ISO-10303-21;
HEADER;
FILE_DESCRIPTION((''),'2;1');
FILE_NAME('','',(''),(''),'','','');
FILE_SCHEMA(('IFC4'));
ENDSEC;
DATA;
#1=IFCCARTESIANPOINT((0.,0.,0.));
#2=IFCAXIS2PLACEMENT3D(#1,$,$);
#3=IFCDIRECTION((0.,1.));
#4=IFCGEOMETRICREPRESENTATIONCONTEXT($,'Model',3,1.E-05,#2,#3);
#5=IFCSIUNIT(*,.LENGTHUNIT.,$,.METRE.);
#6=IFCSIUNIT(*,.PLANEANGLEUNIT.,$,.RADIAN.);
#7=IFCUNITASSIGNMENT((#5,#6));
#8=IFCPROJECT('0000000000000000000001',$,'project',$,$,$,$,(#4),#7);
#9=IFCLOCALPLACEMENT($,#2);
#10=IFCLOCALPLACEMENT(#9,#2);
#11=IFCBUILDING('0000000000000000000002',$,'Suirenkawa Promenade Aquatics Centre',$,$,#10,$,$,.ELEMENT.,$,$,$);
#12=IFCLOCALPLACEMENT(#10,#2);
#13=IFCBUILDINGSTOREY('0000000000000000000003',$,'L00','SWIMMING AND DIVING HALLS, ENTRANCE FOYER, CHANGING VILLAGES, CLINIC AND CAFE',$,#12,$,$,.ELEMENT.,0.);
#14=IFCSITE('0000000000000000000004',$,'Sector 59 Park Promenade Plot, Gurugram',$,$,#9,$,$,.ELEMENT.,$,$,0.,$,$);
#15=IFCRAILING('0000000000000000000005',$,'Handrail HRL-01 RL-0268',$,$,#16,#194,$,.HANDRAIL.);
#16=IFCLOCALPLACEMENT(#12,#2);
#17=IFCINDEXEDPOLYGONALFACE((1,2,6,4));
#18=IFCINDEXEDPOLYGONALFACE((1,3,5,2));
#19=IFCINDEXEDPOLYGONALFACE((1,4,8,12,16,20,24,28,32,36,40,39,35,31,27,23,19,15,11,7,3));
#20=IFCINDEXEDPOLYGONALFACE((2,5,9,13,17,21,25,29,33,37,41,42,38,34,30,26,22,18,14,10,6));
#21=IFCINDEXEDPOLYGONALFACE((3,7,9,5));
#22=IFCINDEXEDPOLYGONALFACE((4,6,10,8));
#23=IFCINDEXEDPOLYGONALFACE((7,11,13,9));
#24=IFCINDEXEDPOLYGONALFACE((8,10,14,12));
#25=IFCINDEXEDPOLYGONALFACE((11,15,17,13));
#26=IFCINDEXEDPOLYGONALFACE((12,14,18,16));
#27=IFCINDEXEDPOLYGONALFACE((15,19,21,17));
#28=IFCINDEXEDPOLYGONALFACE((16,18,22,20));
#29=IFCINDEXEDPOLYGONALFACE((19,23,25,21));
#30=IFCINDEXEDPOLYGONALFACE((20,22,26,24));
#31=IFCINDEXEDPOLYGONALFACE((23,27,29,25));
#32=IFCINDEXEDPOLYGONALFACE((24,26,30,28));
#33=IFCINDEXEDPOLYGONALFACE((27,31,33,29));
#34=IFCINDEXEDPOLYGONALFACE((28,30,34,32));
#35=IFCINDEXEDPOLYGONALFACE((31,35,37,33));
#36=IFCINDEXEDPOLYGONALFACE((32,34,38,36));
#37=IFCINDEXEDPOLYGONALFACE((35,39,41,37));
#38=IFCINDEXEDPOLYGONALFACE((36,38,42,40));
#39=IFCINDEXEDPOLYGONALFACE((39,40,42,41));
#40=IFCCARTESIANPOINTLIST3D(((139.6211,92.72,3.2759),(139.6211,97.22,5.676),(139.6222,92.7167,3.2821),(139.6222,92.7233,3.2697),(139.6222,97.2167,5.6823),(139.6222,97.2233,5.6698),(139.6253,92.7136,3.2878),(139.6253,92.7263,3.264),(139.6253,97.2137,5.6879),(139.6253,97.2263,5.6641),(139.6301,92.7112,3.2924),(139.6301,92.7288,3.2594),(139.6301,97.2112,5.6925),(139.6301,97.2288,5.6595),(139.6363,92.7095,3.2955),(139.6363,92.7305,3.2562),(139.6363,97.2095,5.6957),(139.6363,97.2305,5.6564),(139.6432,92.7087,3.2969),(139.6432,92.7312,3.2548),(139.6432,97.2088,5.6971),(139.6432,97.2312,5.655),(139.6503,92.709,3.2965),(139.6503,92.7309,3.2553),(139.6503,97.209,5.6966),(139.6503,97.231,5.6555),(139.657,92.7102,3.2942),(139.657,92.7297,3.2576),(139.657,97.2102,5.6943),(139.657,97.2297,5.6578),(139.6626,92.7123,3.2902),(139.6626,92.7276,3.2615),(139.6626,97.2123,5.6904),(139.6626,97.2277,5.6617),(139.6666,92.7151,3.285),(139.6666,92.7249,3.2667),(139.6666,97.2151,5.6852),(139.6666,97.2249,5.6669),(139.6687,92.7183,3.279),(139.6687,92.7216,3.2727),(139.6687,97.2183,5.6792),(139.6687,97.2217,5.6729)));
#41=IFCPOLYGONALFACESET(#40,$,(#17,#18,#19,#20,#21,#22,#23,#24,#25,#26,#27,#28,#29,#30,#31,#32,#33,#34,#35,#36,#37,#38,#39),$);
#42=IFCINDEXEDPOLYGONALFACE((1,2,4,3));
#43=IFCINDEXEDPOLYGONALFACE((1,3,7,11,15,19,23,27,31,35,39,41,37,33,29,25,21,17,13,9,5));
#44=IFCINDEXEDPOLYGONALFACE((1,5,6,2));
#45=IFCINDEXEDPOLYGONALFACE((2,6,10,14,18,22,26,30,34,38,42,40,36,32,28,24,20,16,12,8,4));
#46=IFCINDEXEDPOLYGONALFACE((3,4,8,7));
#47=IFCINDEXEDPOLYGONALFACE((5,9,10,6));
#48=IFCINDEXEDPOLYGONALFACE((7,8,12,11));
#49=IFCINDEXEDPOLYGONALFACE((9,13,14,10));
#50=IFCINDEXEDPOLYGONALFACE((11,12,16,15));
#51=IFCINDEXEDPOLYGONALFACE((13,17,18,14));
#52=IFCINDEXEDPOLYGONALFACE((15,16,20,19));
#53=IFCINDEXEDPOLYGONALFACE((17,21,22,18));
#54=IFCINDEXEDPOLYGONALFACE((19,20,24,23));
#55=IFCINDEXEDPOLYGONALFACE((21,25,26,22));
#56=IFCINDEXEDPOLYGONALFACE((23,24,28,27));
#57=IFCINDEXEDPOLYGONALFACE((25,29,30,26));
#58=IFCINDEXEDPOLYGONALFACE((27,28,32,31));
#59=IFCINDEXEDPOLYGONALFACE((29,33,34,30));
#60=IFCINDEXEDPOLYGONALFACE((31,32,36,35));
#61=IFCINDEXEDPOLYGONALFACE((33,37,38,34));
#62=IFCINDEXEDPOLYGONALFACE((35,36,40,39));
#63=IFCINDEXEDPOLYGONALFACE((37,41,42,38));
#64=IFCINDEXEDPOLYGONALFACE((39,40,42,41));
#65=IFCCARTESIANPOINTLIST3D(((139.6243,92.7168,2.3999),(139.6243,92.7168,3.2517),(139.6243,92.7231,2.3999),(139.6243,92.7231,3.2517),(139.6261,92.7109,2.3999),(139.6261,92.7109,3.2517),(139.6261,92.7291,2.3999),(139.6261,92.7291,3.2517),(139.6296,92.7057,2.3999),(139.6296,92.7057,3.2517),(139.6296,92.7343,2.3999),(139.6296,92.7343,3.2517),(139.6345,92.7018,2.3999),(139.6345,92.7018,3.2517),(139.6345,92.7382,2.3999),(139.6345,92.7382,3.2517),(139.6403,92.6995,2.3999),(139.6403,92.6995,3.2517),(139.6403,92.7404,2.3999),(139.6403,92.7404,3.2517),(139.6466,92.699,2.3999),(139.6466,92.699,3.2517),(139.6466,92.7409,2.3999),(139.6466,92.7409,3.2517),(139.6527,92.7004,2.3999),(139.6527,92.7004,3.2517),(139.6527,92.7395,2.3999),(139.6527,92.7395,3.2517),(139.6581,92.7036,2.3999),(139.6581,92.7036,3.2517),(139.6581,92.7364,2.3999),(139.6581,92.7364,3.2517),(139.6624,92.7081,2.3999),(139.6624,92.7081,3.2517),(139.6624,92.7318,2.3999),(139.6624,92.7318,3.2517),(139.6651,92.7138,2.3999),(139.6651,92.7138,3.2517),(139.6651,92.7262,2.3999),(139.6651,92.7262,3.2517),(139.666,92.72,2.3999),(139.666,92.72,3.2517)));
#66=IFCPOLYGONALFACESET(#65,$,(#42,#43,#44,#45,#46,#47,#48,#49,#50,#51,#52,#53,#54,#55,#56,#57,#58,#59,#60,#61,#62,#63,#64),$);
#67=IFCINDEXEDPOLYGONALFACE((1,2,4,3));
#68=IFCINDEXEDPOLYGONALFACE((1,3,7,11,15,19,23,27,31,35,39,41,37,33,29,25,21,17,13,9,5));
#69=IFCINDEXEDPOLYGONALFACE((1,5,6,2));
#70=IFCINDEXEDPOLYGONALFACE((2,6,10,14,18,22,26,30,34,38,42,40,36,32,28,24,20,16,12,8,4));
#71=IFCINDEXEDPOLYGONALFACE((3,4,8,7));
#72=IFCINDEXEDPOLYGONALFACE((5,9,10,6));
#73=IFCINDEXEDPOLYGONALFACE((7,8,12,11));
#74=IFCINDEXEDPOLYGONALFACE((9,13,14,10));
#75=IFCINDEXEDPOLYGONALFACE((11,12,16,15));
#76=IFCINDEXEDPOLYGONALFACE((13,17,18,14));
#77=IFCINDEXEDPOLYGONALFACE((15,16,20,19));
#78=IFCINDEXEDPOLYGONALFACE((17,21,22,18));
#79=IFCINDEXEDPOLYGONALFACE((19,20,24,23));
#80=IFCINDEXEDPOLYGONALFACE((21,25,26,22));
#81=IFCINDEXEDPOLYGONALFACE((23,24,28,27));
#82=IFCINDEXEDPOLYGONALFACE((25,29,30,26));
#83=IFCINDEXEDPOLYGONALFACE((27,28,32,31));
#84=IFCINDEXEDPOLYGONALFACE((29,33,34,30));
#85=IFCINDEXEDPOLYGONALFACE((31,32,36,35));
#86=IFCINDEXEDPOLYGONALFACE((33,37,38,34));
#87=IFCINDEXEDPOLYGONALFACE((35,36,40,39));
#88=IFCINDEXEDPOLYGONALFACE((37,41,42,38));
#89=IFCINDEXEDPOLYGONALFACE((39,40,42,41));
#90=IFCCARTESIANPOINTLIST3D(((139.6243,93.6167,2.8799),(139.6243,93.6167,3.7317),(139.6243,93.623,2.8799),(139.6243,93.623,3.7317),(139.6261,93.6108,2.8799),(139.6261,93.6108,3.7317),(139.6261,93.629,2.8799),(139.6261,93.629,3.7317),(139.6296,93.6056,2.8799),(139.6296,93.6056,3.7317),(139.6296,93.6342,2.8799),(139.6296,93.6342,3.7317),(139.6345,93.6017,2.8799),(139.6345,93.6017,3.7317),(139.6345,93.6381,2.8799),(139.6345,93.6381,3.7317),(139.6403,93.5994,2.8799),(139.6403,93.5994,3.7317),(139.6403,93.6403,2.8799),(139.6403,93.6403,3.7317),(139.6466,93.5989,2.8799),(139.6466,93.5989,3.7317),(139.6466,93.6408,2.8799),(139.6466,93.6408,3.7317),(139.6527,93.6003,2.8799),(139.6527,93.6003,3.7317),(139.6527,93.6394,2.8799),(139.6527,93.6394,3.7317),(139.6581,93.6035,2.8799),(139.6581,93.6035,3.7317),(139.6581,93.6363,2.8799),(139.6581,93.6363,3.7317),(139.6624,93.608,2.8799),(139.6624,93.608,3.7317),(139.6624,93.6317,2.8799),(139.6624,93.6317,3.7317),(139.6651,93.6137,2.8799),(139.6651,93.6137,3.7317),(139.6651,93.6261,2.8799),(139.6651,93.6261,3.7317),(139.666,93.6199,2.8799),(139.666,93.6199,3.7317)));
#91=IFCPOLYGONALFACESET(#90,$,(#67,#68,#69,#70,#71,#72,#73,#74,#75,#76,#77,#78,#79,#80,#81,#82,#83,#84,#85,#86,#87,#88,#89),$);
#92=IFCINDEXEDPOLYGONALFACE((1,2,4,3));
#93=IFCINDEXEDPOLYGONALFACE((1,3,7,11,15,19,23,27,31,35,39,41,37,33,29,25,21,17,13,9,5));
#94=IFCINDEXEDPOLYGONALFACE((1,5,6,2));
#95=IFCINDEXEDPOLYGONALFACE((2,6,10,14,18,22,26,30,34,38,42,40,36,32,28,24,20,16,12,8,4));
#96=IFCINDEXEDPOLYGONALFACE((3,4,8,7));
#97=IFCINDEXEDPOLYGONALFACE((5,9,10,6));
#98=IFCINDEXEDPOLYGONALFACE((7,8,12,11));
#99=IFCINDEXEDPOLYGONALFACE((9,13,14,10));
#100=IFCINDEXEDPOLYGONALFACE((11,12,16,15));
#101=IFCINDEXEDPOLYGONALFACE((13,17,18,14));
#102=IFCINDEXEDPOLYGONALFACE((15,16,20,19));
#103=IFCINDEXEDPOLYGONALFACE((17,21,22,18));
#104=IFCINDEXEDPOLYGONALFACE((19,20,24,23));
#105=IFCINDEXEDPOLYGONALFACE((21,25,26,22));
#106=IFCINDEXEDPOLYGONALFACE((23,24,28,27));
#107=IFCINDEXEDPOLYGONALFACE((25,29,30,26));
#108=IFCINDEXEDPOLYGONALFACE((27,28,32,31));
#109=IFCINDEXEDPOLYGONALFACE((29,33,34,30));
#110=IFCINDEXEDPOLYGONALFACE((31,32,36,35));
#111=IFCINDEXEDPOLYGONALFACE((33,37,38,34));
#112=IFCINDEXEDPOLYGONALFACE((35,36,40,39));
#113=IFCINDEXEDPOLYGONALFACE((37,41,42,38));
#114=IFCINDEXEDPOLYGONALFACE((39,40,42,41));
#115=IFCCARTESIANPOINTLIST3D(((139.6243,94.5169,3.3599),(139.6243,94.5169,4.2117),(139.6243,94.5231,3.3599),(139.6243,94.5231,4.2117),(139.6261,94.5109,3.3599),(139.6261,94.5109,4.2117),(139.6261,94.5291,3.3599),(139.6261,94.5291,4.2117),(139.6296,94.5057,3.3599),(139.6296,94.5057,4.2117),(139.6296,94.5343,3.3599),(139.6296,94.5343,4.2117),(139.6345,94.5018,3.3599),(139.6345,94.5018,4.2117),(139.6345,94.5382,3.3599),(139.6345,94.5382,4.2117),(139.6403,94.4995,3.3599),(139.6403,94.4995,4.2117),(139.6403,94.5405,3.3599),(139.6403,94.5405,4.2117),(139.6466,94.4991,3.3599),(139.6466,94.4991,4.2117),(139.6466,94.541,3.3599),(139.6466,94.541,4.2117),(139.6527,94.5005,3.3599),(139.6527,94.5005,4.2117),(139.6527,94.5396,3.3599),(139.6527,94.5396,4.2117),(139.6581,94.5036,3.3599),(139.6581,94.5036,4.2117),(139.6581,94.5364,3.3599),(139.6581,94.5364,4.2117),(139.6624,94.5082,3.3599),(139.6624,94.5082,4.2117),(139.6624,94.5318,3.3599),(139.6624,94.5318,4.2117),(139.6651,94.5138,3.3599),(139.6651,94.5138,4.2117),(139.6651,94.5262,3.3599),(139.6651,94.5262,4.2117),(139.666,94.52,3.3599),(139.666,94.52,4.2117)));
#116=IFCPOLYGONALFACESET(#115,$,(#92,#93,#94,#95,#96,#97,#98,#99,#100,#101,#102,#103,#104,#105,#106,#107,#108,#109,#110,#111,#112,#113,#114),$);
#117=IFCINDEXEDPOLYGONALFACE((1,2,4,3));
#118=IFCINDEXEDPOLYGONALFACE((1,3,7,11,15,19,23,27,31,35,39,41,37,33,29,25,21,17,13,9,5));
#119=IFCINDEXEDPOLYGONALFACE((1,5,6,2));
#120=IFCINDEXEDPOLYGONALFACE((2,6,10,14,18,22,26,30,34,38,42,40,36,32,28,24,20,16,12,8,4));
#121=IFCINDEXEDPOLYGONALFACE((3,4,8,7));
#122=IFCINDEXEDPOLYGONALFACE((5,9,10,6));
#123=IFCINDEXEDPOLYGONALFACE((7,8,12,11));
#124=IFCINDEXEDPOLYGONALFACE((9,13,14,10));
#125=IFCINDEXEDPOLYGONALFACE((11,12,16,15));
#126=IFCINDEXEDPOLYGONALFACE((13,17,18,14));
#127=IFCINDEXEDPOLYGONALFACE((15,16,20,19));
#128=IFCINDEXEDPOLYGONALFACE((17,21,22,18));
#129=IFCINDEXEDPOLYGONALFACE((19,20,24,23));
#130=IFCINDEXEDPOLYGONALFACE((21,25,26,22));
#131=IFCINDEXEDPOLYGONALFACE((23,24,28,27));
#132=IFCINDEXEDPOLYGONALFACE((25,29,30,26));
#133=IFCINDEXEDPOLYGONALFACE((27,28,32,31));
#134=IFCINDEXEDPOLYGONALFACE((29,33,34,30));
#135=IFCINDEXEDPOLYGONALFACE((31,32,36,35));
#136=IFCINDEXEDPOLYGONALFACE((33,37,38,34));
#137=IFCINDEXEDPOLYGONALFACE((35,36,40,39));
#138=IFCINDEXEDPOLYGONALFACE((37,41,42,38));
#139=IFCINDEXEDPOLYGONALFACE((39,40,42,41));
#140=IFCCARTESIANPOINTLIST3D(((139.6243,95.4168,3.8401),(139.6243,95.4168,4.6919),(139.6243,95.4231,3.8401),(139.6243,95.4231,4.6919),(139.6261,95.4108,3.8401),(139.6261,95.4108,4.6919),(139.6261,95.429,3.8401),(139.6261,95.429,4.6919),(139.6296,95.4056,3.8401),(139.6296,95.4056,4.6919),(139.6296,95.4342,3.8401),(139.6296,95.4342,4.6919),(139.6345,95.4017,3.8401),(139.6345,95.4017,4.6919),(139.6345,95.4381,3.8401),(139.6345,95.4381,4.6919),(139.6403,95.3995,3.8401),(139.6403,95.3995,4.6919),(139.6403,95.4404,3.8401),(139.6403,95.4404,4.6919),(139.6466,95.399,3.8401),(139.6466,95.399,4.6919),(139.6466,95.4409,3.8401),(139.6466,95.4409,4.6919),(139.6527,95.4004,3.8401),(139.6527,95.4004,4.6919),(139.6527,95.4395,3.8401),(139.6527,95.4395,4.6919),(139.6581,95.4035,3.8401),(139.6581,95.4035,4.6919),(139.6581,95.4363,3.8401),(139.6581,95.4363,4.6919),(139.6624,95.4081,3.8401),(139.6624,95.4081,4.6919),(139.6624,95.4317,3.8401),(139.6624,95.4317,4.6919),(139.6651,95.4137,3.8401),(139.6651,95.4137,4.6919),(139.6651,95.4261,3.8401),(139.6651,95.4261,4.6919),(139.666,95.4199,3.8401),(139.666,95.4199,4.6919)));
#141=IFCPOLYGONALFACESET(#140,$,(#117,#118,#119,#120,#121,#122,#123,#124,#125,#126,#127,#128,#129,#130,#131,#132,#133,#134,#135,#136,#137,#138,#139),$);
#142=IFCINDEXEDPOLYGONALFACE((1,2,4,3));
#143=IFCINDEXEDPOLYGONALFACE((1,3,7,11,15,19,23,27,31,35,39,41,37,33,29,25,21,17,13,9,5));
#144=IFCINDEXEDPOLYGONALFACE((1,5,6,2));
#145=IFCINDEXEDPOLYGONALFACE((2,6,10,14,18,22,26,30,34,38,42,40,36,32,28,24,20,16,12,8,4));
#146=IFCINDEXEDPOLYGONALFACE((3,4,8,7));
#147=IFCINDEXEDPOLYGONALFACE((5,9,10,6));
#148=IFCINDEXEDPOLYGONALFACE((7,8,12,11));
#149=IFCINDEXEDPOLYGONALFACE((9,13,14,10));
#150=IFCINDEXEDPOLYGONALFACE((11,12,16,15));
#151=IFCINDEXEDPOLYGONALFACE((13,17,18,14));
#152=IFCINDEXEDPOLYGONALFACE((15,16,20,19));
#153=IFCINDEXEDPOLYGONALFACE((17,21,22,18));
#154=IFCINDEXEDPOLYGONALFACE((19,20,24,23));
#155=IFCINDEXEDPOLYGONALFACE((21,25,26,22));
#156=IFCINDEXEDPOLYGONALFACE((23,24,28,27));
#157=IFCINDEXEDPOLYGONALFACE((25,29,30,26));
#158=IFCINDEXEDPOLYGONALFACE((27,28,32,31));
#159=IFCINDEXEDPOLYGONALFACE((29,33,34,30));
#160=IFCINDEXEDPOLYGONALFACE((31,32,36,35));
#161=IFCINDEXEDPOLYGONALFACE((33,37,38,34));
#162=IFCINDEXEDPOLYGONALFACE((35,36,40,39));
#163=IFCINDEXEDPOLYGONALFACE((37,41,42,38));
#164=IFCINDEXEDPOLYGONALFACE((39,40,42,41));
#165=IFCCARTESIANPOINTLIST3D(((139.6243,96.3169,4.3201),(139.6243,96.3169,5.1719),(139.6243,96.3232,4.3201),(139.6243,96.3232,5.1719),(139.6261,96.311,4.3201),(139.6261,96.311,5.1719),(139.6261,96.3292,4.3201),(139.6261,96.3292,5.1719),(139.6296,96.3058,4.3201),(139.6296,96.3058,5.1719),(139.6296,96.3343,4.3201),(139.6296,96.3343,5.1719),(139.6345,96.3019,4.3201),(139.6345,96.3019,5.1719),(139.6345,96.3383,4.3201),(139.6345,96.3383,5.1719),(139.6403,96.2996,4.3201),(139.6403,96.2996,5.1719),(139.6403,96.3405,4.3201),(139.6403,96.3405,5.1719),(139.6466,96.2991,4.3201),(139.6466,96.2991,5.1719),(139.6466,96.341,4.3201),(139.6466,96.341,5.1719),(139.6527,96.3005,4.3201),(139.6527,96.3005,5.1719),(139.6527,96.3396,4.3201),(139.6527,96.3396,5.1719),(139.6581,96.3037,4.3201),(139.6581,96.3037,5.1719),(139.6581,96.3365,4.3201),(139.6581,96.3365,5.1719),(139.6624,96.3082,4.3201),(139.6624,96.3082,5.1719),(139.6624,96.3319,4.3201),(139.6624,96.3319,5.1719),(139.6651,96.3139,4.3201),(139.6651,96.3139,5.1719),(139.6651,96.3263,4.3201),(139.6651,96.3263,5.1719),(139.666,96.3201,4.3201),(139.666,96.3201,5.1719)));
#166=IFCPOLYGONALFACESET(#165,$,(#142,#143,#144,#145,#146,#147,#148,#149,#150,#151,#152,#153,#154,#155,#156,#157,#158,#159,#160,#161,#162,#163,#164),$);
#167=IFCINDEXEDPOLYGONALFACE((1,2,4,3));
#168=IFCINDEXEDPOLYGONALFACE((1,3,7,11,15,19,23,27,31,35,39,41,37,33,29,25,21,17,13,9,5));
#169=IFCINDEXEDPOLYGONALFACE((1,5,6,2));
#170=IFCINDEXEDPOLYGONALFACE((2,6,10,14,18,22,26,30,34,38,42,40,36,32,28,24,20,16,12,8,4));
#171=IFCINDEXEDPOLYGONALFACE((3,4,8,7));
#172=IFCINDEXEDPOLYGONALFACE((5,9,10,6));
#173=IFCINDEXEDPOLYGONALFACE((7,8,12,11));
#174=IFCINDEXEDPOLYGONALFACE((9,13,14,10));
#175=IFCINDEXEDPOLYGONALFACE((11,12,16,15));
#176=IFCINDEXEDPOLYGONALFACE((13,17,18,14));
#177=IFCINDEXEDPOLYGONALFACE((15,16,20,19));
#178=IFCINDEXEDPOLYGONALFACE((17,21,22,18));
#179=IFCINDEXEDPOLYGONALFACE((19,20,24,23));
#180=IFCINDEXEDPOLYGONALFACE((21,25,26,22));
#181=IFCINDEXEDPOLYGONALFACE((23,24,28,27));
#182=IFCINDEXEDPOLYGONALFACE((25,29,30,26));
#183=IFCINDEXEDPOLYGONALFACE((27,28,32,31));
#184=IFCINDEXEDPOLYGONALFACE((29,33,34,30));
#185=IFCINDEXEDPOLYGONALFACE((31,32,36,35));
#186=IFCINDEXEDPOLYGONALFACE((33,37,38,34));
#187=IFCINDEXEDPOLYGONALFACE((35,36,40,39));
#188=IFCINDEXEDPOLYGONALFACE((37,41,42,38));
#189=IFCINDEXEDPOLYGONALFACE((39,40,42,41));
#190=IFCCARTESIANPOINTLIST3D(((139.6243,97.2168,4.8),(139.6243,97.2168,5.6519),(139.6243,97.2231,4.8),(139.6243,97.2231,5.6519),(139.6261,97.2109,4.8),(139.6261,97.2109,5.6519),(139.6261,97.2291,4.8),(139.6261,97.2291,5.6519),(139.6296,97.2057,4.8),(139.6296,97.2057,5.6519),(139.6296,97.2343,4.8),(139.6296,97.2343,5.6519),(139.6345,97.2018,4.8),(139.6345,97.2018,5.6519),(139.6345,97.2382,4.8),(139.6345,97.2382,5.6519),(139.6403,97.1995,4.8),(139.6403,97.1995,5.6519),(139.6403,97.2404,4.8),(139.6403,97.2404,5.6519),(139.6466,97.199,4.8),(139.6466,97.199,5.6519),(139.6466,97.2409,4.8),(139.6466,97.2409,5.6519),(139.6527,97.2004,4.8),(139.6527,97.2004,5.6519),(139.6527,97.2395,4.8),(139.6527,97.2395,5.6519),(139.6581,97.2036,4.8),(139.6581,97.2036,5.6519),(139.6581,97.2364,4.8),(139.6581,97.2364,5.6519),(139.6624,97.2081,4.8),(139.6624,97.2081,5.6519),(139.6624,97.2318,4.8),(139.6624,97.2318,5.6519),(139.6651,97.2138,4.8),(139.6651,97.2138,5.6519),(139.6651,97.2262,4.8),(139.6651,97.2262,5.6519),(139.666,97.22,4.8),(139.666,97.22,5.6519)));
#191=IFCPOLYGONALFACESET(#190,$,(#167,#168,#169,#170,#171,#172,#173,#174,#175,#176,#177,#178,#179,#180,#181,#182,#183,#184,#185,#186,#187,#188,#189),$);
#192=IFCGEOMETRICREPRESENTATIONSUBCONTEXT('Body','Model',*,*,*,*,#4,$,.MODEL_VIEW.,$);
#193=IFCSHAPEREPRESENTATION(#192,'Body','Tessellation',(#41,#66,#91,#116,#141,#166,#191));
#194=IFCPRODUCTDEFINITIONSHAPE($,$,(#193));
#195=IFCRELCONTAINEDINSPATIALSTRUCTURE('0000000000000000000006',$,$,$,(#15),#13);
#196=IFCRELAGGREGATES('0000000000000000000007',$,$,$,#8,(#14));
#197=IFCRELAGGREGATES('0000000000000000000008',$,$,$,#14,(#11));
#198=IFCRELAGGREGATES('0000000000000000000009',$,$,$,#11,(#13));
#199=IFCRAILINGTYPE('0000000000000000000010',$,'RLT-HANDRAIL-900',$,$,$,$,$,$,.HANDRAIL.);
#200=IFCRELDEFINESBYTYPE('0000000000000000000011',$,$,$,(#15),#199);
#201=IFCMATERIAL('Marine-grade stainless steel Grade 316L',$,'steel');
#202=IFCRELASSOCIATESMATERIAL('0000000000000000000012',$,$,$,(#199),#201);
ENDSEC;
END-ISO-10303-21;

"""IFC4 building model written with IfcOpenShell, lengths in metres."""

from ifc_helpers import new_model, si_unit, direction, frame, origin, origin_2d, place, context, subcontext, project, spatial, circle, extrude, material, type_object, element, save


model = new_model("IFC4")

# Units and contexts
model_context = context("Model", 3, precision=1e-05, world=origin(), true_north=direction((0.0, 1.0)))
body_context = subcontext(model_context, "Body", "Model", "MODEL_VIEW")
ifc_project = project(units=[si_unit("LENGTHUNIT", "METRE"), si_unit("PLANEANGLEUNIT", "RADIAN")], contexts=[model_context])

# Site, building, storey
site_placement = place(None, origin())
site = spatial("IfcSite", under=ifc_project, at=site_placement, Name="Sector 59 Park Promenade Plot, Gurugram", CompositionType="ELEMENT", RefElevation=0.0)
building_placement = place(site_placement, origin())
building = spatial("IfcBuilding", under=site, at=building_placement, Name="Suirenkawa Promenade Aquatics Centre", CompositionType="ELEMENT")
storey_placement = place(building_placement, origin())
storey = spatial("IfcBuildingStorey", under=building, at=storey_placement, Name="L00", Description="SWIMMING AND DIVING HALLS, ENTRANCE FOYER, CHANGING VILLAGES, CLINIC AND CAFE", CompositionType="ELEMENT", Elevation=0.0)

# Railing
ifc_material_1 = material(Name="Marine-grade stainless steel Grade 316L", Category="steel")
railing_type_1 = type_object("IfcRailingType", Name="RLT-HANDRAIL-900", PredefinedType="HANDRAIL", material=ifc_material_1)
for number, where, name in (
    (1, (139.645, 92.72, 2.3999), "Handrail HRL-01 RL-0268"),
):
    element("IfcRailing", number, at=place(storey_placement, frame(where)), inside=storey, type_object=railing_type_1, Name=name, PredefinedType="HANDRAIL", context=body_context, shape_type="SweptSolid", body=[
        extrude(circle(Radius=0.0239, at=origin_2d()), frame((0.0, 0.0, 0.876), z_axis=(0.0, 0.882341, 0.470611), x_axis=(-1.0, 0.0, 0.0)), (0.0, 0.0, 1.0), 5.1001),
        extrude(circle(Radius=0.021, at=origin_2d()), origin(), (0.0, 0.0, 1.0), 0.8518),
        extrude(circle(Radius=0.021, at=origin_2d()), frame((0.0, 0.8999, 0.48)), (0.0, 0.0, 1.0), 0.8518),
        extrude(circle(Radius=0.021, at=origin_2d()), frame((0.0, 1.8, 0.96)), (0.0, 0.0, 1.0), 0.8518),
        extrude(circle(Radius=0.021, at=origin_2d()), frame((0.0, 2.7, 1.4402)), (0.0, 0.0, 1.0), 0.8518),
        extrude(circle(Radius=0.021, at=origin_2d()), frame((0.0, 3.6001, 1.9202)), (0.0, 0.0, 1.0), 0.8518),
        extrude(circle(Radius=0.021, at=origin_2d()), frame((0.0, 4.5, 2.4001)), (0.0, 0.0, 1.0), 0.8518),
    ])

save(model, "model.ifc")
